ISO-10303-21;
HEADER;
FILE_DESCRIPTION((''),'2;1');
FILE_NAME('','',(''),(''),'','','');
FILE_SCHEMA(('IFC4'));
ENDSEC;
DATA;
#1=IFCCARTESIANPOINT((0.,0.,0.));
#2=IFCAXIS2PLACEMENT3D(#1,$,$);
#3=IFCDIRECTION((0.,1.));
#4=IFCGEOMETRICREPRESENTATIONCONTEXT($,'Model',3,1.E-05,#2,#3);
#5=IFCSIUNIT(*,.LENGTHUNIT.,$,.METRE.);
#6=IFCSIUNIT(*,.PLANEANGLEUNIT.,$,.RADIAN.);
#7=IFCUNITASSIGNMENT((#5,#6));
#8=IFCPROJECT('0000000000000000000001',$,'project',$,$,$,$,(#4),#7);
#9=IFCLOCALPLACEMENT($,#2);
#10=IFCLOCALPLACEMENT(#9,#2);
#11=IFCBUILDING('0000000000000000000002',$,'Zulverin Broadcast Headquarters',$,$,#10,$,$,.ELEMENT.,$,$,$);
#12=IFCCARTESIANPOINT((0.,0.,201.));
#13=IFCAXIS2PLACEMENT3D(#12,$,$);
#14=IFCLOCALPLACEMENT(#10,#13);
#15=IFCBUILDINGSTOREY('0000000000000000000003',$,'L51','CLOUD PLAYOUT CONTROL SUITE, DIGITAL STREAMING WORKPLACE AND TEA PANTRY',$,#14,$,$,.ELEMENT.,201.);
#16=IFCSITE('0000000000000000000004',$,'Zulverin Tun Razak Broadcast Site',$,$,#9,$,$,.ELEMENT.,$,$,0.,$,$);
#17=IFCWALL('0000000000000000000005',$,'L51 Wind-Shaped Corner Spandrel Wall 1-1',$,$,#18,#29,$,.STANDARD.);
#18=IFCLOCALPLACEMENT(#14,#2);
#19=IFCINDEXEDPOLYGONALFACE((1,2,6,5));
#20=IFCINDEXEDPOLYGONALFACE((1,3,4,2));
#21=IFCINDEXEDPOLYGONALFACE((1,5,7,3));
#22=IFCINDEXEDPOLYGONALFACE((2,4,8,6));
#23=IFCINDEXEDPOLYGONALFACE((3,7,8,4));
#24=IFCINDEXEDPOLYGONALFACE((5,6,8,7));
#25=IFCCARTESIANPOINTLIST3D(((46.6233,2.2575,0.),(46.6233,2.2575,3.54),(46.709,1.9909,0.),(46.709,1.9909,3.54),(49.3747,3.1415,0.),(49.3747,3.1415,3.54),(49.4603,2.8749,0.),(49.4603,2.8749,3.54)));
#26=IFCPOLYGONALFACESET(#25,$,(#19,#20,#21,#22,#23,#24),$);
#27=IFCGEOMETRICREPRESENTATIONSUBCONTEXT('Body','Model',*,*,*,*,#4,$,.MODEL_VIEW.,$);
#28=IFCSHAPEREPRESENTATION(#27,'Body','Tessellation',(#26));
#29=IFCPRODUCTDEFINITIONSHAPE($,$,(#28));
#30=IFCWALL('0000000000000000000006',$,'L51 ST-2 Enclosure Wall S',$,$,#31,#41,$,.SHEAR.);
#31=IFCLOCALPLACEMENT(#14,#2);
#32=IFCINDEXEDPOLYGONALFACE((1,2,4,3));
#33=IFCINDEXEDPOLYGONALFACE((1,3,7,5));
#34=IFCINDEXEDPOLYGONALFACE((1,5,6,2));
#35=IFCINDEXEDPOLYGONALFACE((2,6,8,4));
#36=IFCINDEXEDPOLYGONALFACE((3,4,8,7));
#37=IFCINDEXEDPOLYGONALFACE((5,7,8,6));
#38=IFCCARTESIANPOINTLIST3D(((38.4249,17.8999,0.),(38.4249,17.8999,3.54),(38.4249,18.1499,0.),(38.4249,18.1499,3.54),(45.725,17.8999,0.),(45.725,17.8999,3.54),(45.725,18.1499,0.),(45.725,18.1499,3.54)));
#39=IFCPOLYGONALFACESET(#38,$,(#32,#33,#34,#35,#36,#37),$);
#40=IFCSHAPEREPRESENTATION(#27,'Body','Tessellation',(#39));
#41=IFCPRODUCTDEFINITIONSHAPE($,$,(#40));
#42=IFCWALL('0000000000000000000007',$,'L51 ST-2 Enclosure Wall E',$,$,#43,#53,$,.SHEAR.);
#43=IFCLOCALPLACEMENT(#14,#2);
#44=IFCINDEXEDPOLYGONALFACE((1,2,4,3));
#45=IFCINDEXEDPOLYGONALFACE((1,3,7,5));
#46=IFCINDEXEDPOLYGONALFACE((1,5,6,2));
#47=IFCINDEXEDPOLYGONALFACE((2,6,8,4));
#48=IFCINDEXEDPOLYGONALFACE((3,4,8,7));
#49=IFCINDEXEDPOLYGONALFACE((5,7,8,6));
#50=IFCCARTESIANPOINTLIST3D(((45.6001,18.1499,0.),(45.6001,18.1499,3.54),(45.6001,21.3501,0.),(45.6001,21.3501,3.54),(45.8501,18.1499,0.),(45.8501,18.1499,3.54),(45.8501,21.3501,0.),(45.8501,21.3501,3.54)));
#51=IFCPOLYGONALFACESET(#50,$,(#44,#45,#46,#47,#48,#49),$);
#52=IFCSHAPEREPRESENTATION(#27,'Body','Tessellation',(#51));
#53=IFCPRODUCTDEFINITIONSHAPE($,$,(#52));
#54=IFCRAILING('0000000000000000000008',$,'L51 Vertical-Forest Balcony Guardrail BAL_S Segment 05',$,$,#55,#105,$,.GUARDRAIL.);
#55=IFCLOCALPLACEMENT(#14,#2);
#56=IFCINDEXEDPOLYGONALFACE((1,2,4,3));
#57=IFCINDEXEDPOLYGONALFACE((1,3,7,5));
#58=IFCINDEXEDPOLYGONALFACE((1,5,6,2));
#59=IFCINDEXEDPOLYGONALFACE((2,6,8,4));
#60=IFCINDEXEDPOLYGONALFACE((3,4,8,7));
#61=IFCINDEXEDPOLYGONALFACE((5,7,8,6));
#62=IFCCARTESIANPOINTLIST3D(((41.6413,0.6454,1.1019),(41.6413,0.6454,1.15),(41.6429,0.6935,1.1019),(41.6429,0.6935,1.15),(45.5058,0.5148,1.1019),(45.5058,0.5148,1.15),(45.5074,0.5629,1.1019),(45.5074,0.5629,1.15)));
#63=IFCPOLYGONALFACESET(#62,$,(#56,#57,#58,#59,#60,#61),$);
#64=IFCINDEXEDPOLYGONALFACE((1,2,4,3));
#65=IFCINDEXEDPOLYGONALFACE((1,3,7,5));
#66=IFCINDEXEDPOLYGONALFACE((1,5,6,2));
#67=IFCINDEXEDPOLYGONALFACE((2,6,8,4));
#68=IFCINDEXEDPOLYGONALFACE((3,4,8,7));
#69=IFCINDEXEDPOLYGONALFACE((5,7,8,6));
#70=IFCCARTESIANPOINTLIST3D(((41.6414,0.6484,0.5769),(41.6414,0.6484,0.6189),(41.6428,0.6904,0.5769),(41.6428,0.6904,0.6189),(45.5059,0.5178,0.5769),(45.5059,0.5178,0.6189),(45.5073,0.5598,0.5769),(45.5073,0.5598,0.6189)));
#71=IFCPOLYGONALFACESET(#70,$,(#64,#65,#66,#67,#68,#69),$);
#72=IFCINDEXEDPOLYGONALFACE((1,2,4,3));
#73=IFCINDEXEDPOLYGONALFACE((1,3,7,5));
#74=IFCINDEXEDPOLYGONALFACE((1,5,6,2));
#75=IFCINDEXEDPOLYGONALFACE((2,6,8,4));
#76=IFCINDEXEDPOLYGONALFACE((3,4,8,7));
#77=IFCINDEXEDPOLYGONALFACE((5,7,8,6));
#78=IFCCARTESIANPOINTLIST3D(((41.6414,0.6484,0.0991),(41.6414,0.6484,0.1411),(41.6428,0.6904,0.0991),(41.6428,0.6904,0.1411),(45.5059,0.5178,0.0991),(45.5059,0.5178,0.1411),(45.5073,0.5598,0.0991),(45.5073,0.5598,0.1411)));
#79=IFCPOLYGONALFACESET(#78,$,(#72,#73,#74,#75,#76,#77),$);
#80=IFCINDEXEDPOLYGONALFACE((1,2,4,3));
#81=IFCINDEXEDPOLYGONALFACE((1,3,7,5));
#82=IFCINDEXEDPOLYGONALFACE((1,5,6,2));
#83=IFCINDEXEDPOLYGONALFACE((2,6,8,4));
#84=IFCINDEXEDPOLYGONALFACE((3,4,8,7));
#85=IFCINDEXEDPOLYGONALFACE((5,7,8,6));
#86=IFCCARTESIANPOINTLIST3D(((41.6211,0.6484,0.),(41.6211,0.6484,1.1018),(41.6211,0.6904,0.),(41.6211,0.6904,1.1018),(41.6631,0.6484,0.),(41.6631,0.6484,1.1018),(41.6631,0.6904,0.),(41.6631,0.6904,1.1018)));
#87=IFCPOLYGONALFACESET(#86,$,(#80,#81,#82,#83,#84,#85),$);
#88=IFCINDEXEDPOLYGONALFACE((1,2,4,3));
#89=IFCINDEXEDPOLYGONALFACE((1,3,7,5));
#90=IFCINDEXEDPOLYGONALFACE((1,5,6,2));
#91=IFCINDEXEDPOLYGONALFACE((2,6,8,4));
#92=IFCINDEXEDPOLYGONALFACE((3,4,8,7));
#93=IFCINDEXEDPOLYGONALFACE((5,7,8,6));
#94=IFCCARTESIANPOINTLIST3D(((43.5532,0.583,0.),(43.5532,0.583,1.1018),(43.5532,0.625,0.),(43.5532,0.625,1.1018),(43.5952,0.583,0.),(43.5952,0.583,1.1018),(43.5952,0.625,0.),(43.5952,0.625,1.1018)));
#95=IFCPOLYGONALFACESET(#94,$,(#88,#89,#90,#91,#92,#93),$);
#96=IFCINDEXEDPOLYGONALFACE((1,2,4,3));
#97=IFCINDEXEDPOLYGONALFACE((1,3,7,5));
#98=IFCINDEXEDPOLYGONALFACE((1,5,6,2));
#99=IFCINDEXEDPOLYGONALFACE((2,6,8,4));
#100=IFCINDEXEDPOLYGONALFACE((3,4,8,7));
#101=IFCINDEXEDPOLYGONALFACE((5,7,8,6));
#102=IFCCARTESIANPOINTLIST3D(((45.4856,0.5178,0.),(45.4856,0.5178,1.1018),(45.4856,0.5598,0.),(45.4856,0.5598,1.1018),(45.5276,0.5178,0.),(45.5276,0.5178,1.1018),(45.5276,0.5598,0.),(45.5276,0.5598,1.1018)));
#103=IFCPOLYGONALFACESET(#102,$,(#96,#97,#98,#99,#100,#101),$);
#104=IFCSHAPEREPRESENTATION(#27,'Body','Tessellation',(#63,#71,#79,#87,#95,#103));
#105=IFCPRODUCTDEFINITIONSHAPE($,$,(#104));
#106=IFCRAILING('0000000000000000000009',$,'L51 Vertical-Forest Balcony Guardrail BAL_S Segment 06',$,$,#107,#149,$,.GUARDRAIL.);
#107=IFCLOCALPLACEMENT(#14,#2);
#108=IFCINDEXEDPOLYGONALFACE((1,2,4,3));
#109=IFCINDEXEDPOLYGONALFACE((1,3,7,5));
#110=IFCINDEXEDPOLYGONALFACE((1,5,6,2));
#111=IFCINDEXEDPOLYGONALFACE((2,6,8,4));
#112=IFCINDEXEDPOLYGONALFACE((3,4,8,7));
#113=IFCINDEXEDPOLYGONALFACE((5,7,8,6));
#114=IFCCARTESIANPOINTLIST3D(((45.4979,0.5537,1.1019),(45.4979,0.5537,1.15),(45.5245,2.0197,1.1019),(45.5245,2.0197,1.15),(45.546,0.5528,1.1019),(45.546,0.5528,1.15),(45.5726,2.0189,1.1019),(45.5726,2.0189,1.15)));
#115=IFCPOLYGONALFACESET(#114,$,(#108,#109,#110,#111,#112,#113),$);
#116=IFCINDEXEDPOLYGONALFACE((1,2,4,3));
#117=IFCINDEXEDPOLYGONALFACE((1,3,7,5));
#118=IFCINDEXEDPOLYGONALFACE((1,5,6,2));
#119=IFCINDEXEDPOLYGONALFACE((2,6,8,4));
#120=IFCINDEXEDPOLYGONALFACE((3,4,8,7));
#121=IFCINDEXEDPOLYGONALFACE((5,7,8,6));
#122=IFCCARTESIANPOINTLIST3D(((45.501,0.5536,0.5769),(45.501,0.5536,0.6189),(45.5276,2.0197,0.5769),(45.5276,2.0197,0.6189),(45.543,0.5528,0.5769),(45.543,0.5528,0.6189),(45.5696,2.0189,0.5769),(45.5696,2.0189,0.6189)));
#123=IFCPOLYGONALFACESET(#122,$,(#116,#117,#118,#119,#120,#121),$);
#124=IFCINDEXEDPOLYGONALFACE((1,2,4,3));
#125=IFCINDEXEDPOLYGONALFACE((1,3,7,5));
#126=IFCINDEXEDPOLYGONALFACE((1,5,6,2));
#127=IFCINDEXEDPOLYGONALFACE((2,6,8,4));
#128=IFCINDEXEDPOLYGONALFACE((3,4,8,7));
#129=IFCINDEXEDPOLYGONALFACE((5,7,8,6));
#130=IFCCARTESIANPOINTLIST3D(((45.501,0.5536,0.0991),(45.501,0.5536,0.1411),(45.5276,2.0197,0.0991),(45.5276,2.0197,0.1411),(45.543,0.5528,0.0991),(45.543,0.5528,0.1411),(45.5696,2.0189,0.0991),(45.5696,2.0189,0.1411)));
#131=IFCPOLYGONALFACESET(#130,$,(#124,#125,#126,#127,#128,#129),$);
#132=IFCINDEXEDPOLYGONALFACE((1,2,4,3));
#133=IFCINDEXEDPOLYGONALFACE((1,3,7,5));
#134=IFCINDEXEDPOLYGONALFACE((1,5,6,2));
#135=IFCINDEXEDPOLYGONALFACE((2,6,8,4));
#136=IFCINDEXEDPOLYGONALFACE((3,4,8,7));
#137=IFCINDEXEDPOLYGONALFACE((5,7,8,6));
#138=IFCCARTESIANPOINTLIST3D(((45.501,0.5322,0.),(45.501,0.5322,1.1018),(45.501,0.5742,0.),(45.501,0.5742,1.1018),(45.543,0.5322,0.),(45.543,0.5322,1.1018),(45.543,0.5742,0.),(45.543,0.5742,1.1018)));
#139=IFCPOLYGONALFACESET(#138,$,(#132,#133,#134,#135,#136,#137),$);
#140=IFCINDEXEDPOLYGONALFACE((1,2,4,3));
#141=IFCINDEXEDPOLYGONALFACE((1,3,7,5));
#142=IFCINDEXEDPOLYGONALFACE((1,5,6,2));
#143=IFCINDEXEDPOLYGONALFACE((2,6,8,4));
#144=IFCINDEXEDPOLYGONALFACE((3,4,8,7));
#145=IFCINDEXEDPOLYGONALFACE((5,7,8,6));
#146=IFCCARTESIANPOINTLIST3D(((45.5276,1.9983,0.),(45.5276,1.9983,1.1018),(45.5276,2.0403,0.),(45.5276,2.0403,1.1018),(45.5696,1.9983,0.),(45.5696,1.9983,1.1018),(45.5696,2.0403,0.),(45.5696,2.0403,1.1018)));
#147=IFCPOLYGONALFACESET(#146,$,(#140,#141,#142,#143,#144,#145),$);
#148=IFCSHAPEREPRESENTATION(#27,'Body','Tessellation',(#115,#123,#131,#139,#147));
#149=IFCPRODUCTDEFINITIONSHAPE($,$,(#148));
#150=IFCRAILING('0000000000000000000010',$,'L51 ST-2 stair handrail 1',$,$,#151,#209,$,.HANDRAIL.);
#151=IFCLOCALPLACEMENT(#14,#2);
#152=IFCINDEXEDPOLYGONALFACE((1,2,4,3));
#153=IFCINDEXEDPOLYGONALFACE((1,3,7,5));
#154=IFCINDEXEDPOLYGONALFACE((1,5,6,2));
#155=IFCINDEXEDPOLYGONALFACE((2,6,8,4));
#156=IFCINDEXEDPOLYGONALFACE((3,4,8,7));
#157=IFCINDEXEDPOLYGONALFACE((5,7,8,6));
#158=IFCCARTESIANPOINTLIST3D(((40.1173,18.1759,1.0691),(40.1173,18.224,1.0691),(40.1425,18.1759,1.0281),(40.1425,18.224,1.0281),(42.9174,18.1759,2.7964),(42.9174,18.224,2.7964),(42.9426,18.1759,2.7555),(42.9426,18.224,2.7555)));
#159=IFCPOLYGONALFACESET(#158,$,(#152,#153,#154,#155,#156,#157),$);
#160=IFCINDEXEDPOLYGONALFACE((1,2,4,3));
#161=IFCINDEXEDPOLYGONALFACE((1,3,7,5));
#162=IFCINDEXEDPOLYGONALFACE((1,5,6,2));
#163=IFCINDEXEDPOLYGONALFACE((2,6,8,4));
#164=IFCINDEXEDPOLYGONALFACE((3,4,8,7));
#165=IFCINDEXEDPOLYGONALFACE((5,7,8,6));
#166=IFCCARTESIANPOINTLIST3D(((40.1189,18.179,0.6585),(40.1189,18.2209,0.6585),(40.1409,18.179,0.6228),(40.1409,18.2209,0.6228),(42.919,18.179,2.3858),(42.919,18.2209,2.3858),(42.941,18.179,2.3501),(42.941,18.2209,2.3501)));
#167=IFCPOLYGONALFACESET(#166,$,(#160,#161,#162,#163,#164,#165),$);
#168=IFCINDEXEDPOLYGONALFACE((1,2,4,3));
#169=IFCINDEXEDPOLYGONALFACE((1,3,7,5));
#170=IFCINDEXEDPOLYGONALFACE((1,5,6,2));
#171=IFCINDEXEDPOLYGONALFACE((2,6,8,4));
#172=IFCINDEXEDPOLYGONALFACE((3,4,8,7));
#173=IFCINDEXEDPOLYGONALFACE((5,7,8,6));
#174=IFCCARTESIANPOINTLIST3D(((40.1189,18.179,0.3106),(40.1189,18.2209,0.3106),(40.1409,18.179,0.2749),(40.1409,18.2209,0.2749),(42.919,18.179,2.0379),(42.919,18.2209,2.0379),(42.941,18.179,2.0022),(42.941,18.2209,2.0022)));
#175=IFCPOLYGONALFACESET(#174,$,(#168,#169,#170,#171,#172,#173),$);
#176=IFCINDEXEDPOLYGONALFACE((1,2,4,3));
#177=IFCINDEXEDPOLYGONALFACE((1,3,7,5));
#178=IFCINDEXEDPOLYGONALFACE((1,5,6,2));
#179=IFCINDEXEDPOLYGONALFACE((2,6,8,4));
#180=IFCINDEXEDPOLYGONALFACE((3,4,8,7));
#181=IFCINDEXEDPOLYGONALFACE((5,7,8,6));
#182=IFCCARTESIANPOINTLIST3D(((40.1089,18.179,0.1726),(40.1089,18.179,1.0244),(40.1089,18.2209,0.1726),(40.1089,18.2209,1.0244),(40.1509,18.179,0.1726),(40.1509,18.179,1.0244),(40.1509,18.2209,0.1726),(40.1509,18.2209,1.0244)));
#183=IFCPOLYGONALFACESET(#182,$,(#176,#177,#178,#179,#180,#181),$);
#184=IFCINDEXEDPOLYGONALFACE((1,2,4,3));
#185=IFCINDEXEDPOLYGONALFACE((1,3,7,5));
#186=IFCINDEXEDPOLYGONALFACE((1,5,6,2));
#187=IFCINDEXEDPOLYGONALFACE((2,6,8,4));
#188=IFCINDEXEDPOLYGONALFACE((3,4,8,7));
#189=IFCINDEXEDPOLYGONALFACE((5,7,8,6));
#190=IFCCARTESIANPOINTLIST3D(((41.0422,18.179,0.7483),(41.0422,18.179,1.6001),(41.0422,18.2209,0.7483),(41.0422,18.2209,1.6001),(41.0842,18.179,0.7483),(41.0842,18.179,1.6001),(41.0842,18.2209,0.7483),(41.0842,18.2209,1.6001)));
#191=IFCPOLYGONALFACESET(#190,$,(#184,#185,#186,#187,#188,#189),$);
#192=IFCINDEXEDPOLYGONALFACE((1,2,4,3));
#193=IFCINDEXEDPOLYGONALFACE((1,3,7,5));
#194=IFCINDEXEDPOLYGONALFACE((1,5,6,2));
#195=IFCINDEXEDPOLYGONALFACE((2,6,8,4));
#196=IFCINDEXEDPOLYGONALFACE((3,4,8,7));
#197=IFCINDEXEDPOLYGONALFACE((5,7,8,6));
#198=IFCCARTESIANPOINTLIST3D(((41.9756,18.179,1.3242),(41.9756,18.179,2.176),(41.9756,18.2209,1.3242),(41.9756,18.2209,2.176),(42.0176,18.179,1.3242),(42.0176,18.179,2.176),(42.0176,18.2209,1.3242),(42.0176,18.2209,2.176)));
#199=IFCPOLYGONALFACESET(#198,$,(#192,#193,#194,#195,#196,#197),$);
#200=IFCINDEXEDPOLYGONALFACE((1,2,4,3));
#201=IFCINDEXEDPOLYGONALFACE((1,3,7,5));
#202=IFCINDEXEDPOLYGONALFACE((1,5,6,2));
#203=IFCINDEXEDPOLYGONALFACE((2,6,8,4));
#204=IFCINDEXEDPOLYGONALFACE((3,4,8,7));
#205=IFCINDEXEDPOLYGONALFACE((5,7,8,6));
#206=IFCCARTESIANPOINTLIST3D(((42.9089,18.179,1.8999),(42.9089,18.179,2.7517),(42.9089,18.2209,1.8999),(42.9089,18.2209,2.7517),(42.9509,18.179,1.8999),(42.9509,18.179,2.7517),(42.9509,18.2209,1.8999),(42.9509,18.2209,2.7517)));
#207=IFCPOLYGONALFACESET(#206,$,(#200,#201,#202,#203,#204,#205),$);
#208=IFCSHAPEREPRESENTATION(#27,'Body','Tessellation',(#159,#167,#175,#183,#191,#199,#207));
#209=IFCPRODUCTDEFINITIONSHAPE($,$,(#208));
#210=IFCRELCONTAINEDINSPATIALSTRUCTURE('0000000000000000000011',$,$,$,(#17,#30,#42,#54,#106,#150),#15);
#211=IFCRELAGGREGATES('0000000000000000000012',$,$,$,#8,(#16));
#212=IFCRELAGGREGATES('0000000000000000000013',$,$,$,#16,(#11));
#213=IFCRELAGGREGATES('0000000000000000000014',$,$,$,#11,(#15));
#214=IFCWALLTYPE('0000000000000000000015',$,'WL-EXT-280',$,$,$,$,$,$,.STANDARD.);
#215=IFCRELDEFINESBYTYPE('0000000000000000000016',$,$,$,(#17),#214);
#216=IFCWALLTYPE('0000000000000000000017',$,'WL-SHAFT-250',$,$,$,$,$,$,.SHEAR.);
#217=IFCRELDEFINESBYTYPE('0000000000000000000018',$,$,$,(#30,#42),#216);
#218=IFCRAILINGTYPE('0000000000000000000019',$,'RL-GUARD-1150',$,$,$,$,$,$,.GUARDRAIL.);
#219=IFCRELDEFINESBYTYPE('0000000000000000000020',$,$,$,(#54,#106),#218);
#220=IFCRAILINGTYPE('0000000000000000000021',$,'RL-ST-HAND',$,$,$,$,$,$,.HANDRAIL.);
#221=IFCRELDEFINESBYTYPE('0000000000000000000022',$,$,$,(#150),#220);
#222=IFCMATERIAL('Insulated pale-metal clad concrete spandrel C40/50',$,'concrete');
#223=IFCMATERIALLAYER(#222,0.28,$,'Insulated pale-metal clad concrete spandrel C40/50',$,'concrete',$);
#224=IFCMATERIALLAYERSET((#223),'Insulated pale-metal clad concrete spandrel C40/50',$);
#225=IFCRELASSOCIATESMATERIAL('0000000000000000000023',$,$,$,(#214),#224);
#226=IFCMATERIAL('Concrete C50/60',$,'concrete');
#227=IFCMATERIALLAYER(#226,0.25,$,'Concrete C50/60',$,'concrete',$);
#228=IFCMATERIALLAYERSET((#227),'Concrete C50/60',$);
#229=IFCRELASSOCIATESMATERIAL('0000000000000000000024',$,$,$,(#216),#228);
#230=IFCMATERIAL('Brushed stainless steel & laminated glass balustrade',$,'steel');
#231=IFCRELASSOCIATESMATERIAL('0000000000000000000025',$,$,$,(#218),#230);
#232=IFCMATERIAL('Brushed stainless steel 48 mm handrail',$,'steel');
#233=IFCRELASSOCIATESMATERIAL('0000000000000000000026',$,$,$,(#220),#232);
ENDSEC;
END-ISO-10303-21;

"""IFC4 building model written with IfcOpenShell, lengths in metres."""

from ifc_helpers import new_model, si_unit, direction, frame, frame_2d, origin, origin_2d, place, context, subcontext, project, spatial, rectangle, extrude, material, layer, layer_set, type_object, element, save


model = new_model("IFC4")

# Units and contexts
model_context = context("Model", 3, precision=1e-05, world=origin(), true_north=direction((0.0, 1.0)))
body_context = subcontext(model_context, "Body", "Model", "MODEL_VIEW")
ifc_project = project(units=[si_unit("LENGTHUNIT", "METRE"), si_unit("PLANEANGLEUNIT", "RADIAN")], contexts=[model_context])

# Site, building, storey
site_placement = place(None, origin())
site = spatial("IfcSite", under=ifc_project, at=site_placement, Name="Zulverin Tun Razak Broadcast Site", CompositionType="ELEMENT", RefElevation=0.0)
building_placement = place(site_placement, origin())
building = spatial("IfcBuilding", under=site, at=building_placement, Name="Zulverin Broadcast Headquarters", CompositionType="ELEMENT")
storey_placement = place(building_placement, frame((0.0, 0.0, 201.0)))
storey = spatial("IfcBuildingStorey", under=building, at=storey_placement, Name="L51", Description="CLOUD PLAYOUT CONTROL SUITE, DIGITAL STREAMING WORKPLACE AND TEA PANTRY", CompositionType="ELEMENT", Elevation=201.0)

# Shared definitions
ifc_material_1 = material(Name="Concrete C50/60", Category="concrete")

# Walls
ifc_material_2 = material(Name="Insulated pale-metal clad concrete spandrel C40/50", Category="concrete")
ifc_layer_1 = layer(ifc_material_2, 0.28, Name="Insulated pale-metal clad concrete spandrel C40/50", Category="concrete")
ifc_layer_set_1 = layer_set([ifc_layer_1], Name="Insulated pale-metal clad concrete spandrel C40/50")
wall_type_1 = type_object("IfcWallType", Name="WL-EXT-280", PredefinedType="STANDARD", material=ifc_layer_set_1)
wall_1_placement = place(storey_placement, frame((46.6663, 2.1243, 0.0), z_axis=(0.0, 0.0, 1.0), x_axis=(0.952065, 0.305894, 0.0)))
element("IfcWall", 1, at=wall_1_placement, inside=storey, type_object=wall_type_1, Name="L51 Wind-Shaped Corner Spandrel Wall 1-1", PredefinedType="STANDARD", context=body_context, shape_type="SweptSolid", body=[
    extrude(rectangle(XDim=2.8899, YDim=0.28, at=frame_2d((1.4448, 0.0))), origin(), (0.0, 0.0, 1.0), 3.54),
])
ifc_layer_2 = layer(ifc_material_1, 0.25, Name="Concrete C50/60", Category="concrete")
ifc_layer_set_2 = layer_set([ifc_layer_2], Name="Concrete C50/60")
wall_type_2 = type_object("IfcWallType", Name="WL-SHAFT-250", PredefinedType="SHEAR", material=ifc_layer_set_2)
wall_2_placement = place(storey_placement, frame((38.425, 18.0249, 0.0), z_axis=(0.0, 0.0, 1.0), x_axis=(1.0, 0.0, 0.0)))
element("IfcWall", 2, at=wall_2_placement, inside=storey, type_object=wall_type_2, Name="L51 ST-2 Enclosure Wall S", PredefinedType="SHEAR", context=body_context, shape_type="SweptSolid", body=[
    extrude(rectangle(XDim=7.3, YDim=0.25, at=frame_2d((3.6499, 0.0))), origin(), (0.0, 0.0, 1.0), 3.54),
])

# Wall
wall_3_placement = place(storey_placement, frame((45.7251, 18.1499, 0.0), z_axis=(0.0, 0.0, 1.0), x_axis=(0.0, 1.0, 0.0)))
element("IfcWall", 3, at=wall_3_placement, inside=storey, type_object=wall_type_2, Name="L51 ST-2 Enclosure Wall E", PredefinedType="SHEAR", context=body_context, shape_type="SweptSolid", body=[
    extrude(rectangle(XDim=3.2002, YDim=0.25, at=frame_2d((1.6001, 0.0))), origin(), (0.0, 0.0, 1.0), 3.54),
])

# Railings
ifc_material_3 = material(Name="Brushed stainless steel & laminated glass balustrade", Category="steel")
railing_type_1 = type_object("IfcRailingType", Name="RL-GUARD-1150", PredefinedType="GUARDRAIL", material=ifc_material_3)
railing_1_placement = place(storey_placement, frame((41.6421, 0.6694, 0.0)))
element("IfcRailing", 4, at=railing_1_placement, inside=storey, type_object=railing_type_1, Name="L51 Vertical-Forest Balcony Guardrail BAL_S Segment 05", PredefinedType="GUARDRAIL", context=body_context, shape_type="SweptSolid", body=[
    extrude(rectangle(XDim=0.0481, YDim=0.0481, at=origin_2d()), frame((0.0, 0.0, 1.126), z_axis=(0.999429, -0.033779, 0.0), x_axis=(0.033779, 0.999429, 0.0)), (0.0, 0.0, 1.0), 3.8667),
    extrude(rectangle(XDim=0.042, YDim=0.042, at=origin_2d()), frame((0.0, 0.0, 0.5979), z_axis=(0.999429, -0.033779, 0.0), x_axis=(0.033779, 0.999429, 0.0)), (0.0, 0.0, 1.0), 3.8667),
    extrude(rectangle(XDim=0.042, YDim=0.042, at=origin_2d()), frame((0.0, 0.0, 0.1201), z_axis=(0.999429, -0.033779, 0.0), x_axis=(0.033779, 0.999429, 0.0)), (0.0, 0.0, 1.0), 3.8667),
    extrude(rectangle(XDim=0.042, YDim=0.042, at=origin_2d()), origin(), (0.0, 0.0, 1.0), 1.1018),
    extrude(rectangle(XDim=0.042, YDim=0.042, at=origin_2d()), frame((1.9321, -0.0654, 0.0)), (0.0, 0.0, 1.0), 1.1018),
    extrude(rectangle(XDim=0.042, YDim=0.042, at=origin_2d()), frame((3.8645, -0.1306, 0.0)), (0.0, 0.0, 1.0), 1.1018),
])
railing_2_placement = place(storey_placement, frame((45.522, 0.5532, 0.0)))
element("IfcRailing", 5, at=railing_2_placement, inside=storey, type_object=railing_type_1, Name="L51 Vertical-Forest Balcony Guardrail BAL_S Segment 06", PredefinedType="GUARDRAIL", context=body_context, shape_type="SweptSolid", body=[
    extrude(rectangle(XDim=0.0481, YDim=0.0481, at=origin_2d()), frame((0.0, 0.0, 1.126), z_axis=(0.018149, 0.999835, 0.0), x_axis=(-0.999835, 0.018149, 0.0)), (0.0, 0.0, 1.0), 1.4663),
    extrude(rectangle(XDim=0.042, YDim=0.042, at=origin_2d()), frame((0.0, 0.0, 0.5979), z_axis=(0.018149, 0.999835, 0.0), x_axis=(-0.999835, 0.018149, 0.0)), (0.0, 0.0, 1.0), 1.4663),
    extrude(rectangle(XDim=0.042, YDim=0.042, at=origin_2d()), frame((0.0, 0.0, 0.1201), z_axis=(0.018149, 0.999835, 0.0), x_axis=(-0.999835, 0.018149, 0.0)), (0.0, 0.0, 1.0), 1.4663),
    extrude(rectangle(XDim=0.042, YDim=0.042, at=origin_2d()), origin(), (0.0, 0.0, 1.0), 1.1018),
    extrude(rectangle(XDim=0.042, YDim=0.042, at=origin_2d()), frame((0.0266, 1.4661, 0.0)), (0.0, 0.0, 1.0), 1.1018),
])
ifc_material_4 = material(Name="Brushed stainless steel 48 mm handrail", Category="steel")
railing_type_2 = type_object("IfcRailingType", Name="RL-ST-HAND", PredefinedType="HANDRAIL", material=ifc_material_4)
railing_3_placement = place(storey_placement, frame((40.1299, 18.2, 0.1726)))
element("IfcRailing", 6, at=railing_3_placement, inside=storey, type_object=railing_type_2, Name="L51 ST-2 stair handrail 1", PredefinedType="HANDRAIL", context=body_context, shape_type="SweptSolid", body=[
    extrude(rectangle(XDim=0.0481, YDim=0.0481, at=origin_2d()), frame((0.0, 0.0, 0.876), z_axis=(0.85109, 0.0, 0.52502), x_axis=(0.0, 1.0, 0.0)), (0.0, 0.0, 1.0), 3.29),
    extrude(rectangle(XDim=0.042, YDim=0.042, at=origin_2d()), frame((0.0, 0.0, 0.468), z_axis=(0.85109, 0.0, 0.52502), x_axis=(0.0, 1.0, 0.0)), (0.0, 0.0, 1.0), 3.29),
    extrude(rectangle(XDim=0.042, YDim=0.042, at=origin_2d()), frame((0.0, 0.0, 0.1201), z_axis=(0.85109, 0.0, 0.52502), x_axis=(0.0, 1.0, 0.0)), (0.0, 0.0, 1.0), 3.29),
    extrude(rectangle(XDim=0.042, YDim=0.042, at=origin_2d()), origin(), (0.0, 0.0, 1.0), 0.8518),
    extrude(rectangle(XDim=0.042, YDim=0.042, at=origin_2d()), frame((0.9333, 0.0, 0.5757)), (0.0, 0.0, 1.0), 0.8518),
    extrude(rectangle(XDim=0.042, YDim=0.042, at=origin_2d()), frame((1.8667, 0.0, 1.1516)), (0.0, 0.0, 1.0), 0.8518),
    extrude(rectangle(XDim=0.042, YDim=0.042, at=origin_2d()), frame((2.8, 0.0, 1.7273)), (0.0, 0.0, 1.0), 0.8518),
])

save(model, "model.ifc")
